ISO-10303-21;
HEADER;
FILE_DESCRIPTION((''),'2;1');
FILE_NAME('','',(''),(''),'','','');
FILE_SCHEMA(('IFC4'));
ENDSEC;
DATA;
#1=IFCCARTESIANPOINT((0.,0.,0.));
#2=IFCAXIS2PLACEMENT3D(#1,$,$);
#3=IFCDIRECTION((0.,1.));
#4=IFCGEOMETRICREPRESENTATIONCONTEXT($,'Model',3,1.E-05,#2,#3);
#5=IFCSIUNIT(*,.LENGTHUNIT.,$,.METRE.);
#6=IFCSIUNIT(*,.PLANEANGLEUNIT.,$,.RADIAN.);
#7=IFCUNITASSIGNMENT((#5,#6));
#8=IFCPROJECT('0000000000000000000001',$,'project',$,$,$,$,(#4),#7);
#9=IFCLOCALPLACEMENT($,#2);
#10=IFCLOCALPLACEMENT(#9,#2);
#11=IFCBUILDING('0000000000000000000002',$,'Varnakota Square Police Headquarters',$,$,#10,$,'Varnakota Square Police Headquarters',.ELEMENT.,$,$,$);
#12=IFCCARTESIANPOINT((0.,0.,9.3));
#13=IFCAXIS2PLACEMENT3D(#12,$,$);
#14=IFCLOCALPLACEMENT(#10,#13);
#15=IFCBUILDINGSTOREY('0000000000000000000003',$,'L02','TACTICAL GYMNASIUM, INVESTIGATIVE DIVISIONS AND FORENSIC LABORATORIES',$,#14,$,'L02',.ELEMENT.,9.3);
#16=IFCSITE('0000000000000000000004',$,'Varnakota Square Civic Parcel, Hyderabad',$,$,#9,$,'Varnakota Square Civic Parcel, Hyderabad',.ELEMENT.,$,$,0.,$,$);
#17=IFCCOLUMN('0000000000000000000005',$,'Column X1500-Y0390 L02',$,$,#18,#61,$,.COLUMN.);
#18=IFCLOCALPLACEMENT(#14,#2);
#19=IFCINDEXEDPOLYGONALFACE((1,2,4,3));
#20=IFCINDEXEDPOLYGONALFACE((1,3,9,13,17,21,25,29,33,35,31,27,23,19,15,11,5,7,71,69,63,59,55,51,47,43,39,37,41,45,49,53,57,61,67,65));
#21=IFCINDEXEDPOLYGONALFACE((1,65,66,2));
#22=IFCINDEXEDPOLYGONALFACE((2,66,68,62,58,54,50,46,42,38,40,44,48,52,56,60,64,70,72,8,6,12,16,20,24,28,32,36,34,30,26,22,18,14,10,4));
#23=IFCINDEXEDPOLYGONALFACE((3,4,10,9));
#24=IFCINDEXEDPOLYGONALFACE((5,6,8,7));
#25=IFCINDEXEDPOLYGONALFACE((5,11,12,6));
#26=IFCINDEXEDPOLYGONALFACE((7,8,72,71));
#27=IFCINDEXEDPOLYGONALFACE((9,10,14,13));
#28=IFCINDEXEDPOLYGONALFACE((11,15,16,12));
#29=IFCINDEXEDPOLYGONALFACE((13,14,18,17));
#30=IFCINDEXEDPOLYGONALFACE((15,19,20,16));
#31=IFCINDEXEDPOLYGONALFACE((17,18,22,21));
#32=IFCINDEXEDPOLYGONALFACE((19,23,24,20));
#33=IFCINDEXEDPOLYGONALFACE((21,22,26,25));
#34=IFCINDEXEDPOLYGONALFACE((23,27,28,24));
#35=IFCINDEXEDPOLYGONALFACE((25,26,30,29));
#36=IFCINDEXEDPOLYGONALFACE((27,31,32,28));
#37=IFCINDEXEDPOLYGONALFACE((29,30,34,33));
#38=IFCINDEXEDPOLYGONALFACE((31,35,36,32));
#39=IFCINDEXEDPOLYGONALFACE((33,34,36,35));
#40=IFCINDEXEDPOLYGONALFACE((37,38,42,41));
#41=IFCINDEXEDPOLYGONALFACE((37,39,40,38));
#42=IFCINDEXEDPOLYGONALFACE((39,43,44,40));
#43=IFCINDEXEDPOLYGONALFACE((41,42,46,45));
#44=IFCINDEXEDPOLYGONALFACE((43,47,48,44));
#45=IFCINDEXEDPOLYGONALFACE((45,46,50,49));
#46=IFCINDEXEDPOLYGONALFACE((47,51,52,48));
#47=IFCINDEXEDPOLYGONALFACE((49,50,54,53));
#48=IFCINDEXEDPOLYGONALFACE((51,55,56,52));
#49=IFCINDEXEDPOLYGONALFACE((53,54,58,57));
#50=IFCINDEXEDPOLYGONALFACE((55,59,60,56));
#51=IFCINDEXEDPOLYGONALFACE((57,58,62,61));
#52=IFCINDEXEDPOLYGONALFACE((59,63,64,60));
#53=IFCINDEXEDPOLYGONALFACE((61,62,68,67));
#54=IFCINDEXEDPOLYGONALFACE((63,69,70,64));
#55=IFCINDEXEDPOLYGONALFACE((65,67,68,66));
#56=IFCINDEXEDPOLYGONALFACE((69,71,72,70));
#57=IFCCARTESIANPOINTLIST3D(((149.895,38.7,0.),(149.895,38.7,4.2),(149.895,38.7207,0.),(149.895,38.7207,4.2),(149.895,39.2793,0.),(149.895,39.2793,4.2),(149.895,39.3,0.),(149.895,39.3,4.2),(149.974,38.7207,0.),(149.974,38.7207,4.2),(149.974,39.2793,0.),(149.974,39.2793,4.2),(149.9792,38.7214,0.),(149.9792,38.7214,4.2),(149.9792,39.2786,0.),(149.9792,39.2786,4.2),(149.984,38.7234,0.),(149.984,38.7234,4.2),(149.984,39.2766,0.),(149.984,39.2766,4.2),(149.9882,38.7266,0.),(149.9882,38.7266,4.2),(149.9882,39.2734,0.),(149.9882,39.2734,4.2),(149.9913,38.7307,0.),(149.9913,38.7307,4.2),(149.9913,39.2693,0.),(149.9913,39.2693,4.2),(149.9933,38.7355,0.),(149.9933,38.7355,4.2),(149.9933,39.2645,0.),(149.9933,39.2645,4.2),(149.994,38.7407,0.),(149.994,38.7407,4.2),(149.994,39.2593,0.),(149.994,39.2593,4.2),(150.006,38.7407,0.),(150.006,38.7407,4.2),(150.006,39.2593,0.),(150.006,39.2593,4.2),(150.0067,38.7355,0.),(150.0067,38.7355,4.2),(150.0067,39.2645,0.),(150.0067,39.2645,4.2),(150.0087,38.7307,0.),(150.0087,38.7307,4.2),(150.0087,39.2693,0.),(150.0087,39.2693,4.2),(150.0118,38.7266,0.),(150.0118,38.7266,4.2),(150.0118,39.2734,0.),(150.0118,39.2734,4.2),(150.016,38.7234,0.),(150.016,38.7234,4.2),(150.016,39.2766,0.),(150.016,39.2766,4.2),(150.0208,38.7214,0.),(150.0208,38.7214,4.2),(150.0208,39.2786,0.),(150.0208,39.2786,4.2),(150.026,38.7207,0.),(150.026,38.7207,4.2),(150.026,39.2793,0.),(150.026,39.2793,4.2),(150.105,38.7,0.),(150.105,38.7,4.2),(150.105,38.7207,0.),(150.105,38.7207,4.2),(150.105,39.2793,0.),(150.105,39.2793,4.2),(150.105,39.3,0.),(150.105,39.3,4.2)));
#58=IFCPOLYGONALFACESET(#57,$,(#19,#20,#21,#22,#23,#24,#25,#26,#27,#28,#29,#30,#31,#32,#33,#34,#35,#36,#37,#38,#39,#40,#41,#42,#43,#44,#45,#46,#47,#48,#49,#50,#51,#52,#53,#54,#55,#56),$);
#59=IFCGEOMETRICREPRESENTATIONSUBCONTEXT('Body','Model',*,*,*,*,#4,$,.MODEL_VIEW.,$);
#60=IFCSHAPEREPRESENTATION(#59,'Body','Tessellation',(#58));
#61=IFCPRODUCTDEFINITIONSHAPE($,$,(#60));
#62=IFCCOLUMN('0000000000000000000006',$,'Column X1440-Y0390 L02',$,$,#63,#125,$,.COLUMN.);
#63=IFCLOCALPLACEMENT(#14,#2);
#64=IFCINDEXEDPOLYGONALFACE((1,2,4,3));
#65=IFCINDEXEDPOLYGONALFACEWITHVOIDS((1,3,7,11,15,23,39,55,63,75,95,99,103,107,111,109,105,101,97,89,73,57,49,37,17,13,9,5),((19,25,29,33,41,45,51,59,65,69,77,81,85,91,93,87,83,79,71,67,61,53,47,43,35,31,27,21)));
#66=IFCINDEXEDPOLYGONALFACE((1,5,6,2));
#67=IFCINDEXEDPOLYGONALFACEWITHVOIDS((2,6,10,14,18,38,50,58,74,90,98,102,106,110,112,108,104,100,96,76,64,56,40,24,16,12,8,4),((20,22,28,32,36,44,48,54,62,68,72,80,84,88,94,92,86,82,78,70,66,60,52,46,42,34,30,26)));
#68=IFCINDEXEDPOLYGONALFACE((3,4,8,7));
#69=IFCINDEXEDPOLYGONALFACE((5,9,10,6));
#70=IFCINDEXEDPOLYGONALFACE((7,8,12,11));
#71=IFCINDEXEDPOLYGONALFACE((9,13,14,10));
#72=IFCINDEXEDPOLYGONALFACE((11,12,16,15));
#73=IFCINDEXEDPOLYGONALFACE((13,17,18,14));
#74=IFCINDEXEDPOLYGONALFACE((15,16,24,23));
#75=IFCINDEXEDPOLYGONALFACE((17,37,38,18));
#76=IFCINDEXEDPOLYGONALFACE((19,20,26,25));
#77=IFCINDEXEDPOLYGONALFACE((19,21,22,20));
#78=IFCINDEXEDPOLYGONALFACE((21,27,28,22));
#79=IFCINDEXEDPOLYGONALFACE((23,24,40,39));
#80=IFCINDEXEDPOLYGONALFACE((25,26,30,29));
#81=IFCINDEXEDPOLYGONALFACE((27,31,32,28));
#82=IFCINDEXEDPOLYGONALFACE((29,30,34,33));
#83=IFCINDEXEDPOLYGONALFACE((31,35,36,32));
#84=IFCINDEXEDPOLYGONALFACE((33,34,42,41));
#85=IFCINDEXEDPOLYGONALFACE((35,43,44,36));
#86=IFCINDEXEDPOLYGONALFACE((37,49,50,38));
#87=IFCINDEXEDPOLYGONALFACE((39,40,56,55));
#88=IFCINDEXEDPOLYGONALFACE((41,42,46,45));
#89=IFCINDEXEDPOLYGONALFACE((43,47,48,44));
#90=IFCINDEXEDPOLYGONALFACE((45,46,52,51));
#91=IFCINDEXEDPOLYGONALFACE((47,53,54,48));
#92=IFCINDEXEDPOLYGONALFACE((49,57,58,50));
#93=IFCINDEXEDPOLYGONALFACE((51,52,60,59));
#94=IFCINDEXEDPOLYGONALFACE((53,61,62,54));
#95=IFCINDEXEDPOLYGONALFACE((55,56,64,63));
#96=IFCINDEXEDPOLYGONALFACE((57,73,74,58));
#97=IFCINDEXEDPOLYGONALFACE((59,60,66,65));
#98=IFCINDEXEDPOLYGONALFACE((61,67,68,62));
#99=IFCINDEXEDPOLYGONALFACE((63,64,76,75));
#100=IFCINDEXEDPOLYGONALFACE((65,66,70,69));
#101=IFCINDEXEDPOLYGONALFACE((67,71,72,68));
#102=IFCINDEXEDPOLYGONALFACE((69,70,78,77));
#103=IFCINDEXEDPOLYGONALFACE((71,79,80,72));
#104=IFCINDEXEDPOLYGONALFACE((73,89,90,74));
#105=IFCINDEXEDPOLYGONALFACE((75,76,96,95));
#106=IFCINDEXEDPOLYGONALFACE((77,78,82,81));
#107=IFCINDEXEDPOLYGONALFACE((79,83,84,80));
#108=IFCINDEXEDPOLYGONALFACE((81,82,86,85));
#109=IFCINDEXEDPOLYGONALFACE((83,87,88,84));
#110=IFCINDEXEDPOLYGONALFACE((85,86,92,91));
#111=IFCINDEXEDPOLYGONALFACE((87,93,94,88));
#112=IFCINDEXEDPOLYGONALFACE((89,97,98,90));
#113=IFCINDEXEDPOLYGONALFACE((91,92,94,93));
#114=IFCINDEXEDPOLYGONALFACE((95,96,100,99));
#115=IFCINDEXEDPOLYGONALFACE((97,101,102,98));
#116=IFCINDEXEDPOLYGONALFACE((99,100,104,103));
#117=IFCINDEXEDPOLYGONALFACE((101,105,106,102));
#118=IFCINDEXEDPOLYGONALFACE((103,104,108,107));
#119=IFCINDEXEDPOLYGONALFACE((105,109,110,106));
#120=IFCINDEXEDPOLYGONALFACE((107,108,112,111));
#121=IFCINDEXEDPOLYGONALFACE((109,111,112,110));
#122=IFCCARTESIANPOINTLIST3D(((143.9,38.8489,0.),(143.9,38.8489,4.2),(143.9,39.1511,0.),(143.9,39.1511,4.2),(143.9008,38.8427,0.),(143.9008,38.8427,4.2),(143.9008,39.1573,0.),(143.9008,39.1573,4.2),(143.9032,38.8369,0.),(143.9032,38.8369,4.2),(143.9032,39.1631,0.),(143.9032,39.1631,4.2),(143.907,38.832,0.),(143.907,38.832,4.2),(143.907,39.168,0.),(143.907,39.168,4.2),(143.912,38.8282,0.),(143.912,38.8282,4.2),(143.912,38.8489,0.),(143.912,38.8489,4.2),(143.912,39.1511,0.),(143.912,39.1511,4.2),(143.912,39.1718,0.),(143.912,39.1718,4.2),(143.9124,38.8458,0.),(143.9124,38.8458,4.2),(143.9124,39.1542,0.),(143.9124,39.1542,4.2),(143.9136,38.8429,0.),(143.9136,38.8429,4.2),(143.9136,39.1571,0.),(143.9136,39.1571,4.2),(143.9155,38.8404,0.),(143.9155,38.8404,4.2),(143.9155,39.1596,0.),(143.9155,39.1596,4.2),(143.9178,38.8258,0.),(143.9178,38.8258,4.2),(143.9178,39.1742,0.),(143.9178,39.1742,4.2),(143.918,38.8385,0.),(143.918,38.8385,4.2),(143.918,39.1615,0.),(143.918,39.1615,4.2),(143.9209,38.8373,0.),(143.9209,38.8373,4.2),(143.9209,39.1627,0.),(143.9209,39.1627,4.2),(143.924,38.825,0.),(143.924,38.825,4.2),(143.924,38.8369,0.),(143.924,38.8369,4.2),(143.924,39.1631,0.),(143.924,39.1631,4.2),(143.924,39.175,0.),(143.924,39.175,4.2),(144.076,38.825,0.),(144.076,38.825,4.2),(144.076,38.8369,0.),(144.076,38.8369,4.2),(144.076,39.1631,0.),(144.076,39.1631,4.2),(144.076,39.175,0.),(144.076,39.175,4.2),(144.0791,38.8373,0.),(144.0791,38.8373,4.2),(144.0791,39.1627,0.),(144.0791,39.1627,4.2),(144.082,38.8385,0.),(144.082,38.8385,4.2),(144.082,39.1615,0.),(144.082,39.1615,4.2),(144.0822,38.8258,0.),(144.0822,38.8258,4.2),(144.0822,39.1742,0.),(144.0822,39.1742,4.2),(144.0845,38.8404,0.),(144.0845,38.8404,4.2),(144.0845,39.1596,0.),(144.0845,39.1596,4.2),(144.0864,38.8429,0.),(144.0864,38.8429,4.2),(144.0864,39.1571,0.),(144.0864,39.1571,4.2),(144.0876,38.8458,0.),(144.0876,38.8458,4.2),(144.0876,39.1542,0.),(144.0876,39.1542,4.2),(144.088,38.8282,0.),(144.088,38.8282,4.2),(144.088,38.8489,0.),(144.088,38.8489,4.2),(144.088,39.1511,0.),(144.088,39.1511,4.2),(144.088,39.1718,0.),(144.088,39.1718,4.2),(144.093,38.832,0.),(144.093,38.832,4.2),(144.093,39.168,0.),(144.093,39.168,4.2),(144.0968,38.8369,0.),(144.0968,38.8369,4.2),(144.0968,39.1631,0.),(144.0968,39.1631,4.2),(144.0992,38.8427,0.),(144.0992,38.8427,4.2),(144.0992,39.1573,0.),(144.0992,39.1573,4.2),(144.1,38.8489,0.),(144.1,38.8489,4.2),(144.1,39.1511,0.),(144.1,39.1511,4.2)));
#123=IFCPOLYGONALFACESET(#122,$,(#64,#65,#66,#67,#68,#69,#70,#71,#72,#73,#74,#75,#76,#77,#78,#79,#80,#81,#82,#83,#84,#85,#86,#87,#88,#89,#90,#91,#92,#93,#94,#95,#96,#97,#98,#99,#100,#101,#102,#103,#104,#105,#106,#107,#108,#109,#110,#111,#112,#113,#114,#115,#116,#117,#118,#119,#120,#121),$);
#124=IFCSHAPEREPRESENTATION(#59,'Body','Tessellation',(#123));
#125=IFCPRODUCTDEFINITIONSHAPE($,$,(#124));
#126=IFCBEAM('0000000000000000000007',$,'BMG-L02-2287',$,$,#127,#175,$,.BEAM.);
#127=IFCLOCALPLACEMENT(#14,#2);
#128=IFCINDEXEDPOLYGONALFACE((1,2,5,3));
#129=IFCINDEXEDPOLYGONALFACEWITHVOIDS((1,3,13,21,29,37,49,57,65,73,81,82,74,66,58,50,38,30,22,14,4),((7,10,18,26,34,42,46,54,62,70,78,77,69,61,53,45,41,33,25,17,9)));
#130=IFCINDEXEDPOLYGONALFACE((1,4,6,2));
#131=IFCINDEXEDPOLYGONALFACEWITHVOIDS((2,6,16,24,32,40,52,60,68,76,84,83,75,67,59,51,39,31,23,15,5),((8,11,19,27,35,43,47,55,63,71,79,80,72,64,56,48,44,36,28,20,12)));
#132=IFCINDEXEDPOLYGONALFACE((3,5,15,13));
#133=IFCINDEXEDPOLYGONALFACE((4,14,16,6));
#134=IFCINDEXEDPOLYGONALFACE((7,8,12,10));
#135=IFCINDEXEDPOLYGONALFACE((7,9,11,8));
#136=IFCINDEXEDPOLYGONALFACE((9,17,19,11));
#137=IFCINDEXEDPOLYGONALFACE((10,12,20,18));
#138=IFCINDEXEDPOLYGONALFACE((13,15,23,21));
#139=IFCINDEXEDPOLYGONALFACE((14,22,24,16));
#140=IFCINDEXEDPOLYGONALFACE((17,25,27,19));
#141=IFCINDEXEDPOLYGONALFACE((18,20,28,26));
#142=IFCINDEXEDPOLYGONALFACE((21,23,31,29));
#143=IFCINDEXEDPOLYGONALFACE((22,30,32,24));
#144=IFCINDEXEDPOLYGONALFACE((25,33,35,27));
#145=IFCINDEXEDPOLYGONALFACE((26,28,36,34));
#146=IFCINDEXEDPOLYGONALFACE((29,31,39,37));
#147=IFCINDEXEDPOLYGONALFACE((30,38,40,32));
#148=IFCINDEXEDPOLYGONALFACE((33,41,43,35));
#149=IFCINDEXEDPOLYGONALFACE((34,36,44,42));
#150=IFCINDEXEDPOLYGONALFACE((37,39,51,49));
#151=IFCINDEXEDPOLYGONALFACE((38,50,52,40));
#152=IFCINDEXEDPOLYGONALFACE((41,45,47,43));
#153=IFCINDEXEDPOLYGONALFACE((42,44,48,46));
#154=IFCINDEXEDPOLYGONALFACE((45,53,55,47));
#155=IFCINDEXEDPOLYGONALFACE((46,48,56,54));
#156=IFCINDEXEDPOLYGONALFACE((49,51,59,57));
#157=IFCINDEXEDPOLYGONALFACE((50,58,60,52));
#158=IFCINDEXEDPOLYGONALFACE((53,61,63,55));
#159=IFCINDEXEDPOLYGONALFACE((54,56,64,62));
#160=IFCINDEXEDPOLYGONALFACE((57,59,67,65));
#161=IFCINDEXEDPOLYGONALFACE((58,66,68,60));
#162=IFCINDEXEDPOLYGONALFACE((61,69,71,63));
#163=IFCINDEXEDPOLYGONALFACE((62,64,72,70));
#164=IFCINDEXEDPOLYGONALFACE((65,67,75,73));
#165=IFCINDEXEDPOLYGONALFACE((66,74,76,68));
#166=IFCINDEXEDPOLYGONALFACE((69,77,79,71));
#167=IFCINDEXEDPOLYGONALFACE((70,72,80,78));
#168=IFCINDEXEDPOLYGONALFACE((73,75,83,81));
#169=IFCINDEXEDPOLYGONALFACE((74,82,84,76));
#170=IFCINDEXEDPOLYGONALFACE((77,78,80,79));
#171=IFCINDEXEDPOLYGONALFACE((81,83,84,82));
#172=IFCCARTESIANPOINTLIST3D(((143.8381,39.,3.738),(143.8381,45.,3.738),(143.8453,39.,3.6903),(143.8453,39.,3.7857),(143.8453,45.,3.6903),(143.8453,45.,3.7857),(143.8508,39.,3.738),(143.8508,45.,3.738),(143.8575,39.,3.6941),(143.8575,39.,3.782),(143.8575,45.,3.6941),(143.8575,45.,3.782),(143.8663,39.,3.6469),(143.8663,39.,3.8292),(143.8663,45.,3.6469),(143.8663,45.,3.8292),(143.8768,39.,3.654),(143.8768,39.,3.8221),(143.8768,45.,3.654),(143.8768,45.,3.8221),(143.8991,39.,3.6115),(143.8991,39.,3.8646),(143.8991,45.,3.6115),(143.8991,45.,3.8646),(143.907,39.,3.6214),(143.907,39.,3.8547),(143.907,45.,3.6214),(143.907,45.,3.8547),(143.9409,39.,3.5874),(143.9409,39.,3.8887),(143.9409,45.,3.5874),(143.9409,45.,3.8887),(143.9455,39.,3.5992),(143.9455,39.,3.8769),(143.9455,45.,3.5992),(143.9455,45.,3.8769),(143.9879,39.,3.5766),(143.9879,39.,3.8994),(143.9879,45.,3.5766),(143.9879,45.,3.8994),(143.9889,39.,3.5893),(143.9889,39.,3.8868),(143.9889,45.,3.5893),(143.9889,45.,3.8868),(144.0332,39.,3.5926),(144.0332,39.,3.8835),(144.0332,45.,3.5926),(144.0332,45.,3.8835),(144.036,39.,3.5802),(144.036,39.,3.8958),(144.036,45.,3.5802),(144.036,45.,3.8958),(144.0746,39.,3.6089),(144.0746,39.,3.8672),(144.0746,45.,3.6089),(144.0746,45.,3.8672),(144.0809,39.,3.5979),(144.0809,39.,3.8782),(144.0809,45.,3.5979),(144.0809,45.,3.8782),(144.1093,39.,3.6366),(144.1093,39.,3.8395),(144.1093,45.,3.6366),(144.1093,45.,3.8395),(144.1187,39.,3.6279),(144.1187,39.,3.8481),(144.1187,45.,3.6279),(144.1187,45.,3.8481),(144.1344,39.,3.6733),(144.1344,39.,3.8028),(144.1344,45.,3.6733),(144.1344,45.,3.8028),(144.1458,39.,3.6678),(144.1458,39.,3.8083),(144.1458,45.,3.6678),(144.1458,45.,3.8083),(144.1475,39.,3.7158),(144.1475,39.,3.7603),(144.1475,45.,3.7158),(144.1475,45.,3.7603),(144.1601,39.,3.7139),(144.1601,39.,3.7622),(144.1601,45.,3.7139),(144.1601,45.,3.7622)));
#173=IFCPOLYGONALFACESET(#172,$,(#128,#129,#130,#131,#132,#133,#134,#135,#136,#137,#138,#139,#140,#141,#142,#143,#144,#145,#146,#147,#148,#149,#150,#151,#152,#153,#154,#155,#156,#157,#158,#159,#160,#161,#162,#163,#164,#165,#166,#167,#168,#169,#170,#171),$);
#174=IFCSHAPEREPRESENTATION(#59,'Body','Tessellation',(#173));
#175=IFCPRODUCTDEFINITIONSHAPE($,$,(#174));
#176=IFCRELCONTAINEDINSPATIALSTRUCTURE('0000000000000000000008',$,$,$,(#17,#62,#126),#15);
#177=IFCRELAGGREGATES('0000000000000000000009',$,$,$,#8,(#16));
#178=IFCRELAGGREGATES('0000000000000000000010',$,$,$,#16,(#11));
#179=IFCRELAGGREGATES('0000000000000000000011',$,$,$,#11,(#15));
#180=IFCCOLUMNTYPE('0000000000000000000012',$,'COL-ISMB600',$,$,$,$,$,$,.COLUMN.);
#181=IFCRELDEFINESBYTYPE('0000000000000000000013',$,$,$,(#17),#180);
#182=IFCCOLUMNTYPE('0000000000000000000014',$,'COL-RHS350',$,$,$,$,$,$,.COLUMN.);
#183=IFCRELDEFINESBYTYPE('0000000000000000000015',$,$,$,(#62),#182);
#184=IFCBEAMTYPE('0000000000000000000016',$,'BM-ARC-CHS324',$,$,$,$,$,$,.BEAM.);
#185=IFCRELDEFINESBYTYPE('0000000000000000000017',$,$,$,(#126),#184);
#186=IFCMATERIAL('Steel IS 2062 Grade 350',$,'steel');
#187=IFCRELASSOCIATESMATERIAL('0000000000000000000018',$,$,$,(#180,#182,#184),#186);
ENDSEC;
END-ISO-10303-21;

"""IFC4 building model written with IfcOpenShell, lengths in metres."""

from ifc_helpers import new_model, si_unit, direction, frame, origin, origin_2d, place, context, subcontext, project, spatial, hollow_rectangle, hollow_circle, i_section, extrude, material, material_profile, profile_set, type_object, element, save


model = new_model("IFC4")

# Units and contexts
model_context = context("Model", 3, precision=1e-05, world=origin(), true_north=direction((0.0, 1.0)))
body_context = subcontext(model_context, "Body", "Model", "MODEL_VIEW")
ifc_project = project(units=[si_unit("LENGTHUNIT", "METRE"), si_unit("PLANEANGLEUNIT", "RADIAN")], contexts=[model_context])

# Site, building, storey
site_placement = place(None, origin())
site = spatial("IfcSite", under=ifc_project, at=site_placement, Name="Varnakota Square Civic Parcel, Hyderabad", LongName="Varnakota Square Civic Parcel, Hyderabad", CompositionType="ELEMENT", RefElevation=0.0)
building_placement = place(site_placement, origin())
building = spatial("IfcBuilding", under=site, at=building_placement, Name="Varnakota Square Police Headquarters", LongName="Varnakota Square Police Headquarters", CompositionType="ELEMENT")
storey_placement = place(building_placement, frame((0.0, 0.0, 9.3)))
storey = spatial("IfcBuildingStorey", under=building, at=storey_placement, Name="L02", Description="TACTICAL GYMNASIUM, INVESTIGATIVE DIVISIONS AND FORENSIC LABORATORIES", LongName="L02", CompositionType="ELEMENT", Elevation=9.3)

# Columns
ifc_material_1 = material(Name="Steel IS 2062 Grade 350", Category="steel")
ifc_material_profile_1 = material_profile(ifc_material_1, i_section(OverallWidth=0.21, OverallDepth=0.6001, WebThickness=0.012, FlangeThickness=0.0208, FilletRadius=0.02, at=origin_2d()), Name="ISMB 600")
ifc_profile_set_1 = profile_set([ifc_material_profile_1], Name="Steel IS 2062 Grade 350")
column_type_1 = type_object("IfcColumnType", Name="COL-ISMB600", PredefinedType="COLUMN", material=ifc_profile_set_1)
column_1_placement = place(storey_placement, frame((150.0, 39.0, 0.0), z_axis=(0.0, 0.0, 1.0), x_axis=(1.0, 0.0, 0.0)))
element("IfcColumn", 1, at=column_1_placement, inside=storey, type_object=column_type_1, Name="Column X1500-Y0390 L02", PredefinedType="COLUMN", context=body_context, shape_type="SweptSolid", body=[
    extrude(i_section(OverallWidth=0.21, OverallDepth=0.6001, WebThickness=0.012, FlangeThickness=0.0208, FilletRadius=0.02, at=origin_2d()), origin(), (0.0, 0.0, 1.0), 4.2),
])
ifc_material_profile_2 = material_profile(ifc_material_1, hollow_rectangle(XDim=0.2, YDim=0.3501, WallThickness=0.012, InnerFilletRadius=0.012, OuterFilletRadius=0.0239, at=origin_2d()), Name="RHS 350x200x12")
ifc_profile_set_2 = profile_set([ifc_material_profile_2], Name="Steel IS 2062 Grade 350")
column_type_2 = type_object("IfcColumnType", Name="COL-RHS350", PredefinedType="COLUMN", material=ifc_profile_set_2)
column_2_placement = place(storey_placement, frame((144.0, 39.0, 0.0), z_axis=(0.0, 0.0, 1.0), x_axis=(1.0, 0.0, 0.0)))
element("IfcColumn", 2, at=column_2_placement, inside=storey, type_object=column_type_2, Name="Column X1440-Y0390 L02", PredefinedType="COLUMN", context=body_context, shape_type="SweptSolid", body=[
    extrude(hollow_rectangle(XDim=0.2, YDim=0.3501, WallThickness=0.012, InnerFilletRadius=0.012, OuterFilletRadius=0.0239, at=origin_2d()), origin(), (0.0, 0.0, 1.0), 4.2),
])

# Beam
ifc_material_profile_3 = material_profile(ifc_material_1, hollow_circle(Radius=0.1619, WallThickness=0.0127, at=origin_2d()), Name="CHS 323.9x12.7")
ifc_profile_set_3 = profile_set([ifc_material_profile_3], Name="Steel IS 2062 Grade 350")
beam_type_1 = type_object("IfcBeamType", Name="BM-ARC-CHS324", PredefinedType="BEAM", material=ifc_profile_set_3)
for number, where, z_axis, x_axis, name in (
    (3, (144.0, 39.0, 3.738), (0.0, 1.0, 0.0), (-1.0, 0.0, 0.0), "BMG-L02-2287"),
):
    element("IfcBeam", number, at=place(storey_placement, frame(where, z_axis=z_axis, x_axis=x_axis)), inside=storey, type_object=beam_type_1, Name=name, PredefinedType="BEAM", context=body_context, shape_type="SweptSolid", body=[
        extrude(hollow_circle(Radius=0.1619, WallThickness=0.0127, at=origin_2d()), origin(), (0.0, 0.0, 1.0), 6.0),
    ])

save(model, "model.ifc")
